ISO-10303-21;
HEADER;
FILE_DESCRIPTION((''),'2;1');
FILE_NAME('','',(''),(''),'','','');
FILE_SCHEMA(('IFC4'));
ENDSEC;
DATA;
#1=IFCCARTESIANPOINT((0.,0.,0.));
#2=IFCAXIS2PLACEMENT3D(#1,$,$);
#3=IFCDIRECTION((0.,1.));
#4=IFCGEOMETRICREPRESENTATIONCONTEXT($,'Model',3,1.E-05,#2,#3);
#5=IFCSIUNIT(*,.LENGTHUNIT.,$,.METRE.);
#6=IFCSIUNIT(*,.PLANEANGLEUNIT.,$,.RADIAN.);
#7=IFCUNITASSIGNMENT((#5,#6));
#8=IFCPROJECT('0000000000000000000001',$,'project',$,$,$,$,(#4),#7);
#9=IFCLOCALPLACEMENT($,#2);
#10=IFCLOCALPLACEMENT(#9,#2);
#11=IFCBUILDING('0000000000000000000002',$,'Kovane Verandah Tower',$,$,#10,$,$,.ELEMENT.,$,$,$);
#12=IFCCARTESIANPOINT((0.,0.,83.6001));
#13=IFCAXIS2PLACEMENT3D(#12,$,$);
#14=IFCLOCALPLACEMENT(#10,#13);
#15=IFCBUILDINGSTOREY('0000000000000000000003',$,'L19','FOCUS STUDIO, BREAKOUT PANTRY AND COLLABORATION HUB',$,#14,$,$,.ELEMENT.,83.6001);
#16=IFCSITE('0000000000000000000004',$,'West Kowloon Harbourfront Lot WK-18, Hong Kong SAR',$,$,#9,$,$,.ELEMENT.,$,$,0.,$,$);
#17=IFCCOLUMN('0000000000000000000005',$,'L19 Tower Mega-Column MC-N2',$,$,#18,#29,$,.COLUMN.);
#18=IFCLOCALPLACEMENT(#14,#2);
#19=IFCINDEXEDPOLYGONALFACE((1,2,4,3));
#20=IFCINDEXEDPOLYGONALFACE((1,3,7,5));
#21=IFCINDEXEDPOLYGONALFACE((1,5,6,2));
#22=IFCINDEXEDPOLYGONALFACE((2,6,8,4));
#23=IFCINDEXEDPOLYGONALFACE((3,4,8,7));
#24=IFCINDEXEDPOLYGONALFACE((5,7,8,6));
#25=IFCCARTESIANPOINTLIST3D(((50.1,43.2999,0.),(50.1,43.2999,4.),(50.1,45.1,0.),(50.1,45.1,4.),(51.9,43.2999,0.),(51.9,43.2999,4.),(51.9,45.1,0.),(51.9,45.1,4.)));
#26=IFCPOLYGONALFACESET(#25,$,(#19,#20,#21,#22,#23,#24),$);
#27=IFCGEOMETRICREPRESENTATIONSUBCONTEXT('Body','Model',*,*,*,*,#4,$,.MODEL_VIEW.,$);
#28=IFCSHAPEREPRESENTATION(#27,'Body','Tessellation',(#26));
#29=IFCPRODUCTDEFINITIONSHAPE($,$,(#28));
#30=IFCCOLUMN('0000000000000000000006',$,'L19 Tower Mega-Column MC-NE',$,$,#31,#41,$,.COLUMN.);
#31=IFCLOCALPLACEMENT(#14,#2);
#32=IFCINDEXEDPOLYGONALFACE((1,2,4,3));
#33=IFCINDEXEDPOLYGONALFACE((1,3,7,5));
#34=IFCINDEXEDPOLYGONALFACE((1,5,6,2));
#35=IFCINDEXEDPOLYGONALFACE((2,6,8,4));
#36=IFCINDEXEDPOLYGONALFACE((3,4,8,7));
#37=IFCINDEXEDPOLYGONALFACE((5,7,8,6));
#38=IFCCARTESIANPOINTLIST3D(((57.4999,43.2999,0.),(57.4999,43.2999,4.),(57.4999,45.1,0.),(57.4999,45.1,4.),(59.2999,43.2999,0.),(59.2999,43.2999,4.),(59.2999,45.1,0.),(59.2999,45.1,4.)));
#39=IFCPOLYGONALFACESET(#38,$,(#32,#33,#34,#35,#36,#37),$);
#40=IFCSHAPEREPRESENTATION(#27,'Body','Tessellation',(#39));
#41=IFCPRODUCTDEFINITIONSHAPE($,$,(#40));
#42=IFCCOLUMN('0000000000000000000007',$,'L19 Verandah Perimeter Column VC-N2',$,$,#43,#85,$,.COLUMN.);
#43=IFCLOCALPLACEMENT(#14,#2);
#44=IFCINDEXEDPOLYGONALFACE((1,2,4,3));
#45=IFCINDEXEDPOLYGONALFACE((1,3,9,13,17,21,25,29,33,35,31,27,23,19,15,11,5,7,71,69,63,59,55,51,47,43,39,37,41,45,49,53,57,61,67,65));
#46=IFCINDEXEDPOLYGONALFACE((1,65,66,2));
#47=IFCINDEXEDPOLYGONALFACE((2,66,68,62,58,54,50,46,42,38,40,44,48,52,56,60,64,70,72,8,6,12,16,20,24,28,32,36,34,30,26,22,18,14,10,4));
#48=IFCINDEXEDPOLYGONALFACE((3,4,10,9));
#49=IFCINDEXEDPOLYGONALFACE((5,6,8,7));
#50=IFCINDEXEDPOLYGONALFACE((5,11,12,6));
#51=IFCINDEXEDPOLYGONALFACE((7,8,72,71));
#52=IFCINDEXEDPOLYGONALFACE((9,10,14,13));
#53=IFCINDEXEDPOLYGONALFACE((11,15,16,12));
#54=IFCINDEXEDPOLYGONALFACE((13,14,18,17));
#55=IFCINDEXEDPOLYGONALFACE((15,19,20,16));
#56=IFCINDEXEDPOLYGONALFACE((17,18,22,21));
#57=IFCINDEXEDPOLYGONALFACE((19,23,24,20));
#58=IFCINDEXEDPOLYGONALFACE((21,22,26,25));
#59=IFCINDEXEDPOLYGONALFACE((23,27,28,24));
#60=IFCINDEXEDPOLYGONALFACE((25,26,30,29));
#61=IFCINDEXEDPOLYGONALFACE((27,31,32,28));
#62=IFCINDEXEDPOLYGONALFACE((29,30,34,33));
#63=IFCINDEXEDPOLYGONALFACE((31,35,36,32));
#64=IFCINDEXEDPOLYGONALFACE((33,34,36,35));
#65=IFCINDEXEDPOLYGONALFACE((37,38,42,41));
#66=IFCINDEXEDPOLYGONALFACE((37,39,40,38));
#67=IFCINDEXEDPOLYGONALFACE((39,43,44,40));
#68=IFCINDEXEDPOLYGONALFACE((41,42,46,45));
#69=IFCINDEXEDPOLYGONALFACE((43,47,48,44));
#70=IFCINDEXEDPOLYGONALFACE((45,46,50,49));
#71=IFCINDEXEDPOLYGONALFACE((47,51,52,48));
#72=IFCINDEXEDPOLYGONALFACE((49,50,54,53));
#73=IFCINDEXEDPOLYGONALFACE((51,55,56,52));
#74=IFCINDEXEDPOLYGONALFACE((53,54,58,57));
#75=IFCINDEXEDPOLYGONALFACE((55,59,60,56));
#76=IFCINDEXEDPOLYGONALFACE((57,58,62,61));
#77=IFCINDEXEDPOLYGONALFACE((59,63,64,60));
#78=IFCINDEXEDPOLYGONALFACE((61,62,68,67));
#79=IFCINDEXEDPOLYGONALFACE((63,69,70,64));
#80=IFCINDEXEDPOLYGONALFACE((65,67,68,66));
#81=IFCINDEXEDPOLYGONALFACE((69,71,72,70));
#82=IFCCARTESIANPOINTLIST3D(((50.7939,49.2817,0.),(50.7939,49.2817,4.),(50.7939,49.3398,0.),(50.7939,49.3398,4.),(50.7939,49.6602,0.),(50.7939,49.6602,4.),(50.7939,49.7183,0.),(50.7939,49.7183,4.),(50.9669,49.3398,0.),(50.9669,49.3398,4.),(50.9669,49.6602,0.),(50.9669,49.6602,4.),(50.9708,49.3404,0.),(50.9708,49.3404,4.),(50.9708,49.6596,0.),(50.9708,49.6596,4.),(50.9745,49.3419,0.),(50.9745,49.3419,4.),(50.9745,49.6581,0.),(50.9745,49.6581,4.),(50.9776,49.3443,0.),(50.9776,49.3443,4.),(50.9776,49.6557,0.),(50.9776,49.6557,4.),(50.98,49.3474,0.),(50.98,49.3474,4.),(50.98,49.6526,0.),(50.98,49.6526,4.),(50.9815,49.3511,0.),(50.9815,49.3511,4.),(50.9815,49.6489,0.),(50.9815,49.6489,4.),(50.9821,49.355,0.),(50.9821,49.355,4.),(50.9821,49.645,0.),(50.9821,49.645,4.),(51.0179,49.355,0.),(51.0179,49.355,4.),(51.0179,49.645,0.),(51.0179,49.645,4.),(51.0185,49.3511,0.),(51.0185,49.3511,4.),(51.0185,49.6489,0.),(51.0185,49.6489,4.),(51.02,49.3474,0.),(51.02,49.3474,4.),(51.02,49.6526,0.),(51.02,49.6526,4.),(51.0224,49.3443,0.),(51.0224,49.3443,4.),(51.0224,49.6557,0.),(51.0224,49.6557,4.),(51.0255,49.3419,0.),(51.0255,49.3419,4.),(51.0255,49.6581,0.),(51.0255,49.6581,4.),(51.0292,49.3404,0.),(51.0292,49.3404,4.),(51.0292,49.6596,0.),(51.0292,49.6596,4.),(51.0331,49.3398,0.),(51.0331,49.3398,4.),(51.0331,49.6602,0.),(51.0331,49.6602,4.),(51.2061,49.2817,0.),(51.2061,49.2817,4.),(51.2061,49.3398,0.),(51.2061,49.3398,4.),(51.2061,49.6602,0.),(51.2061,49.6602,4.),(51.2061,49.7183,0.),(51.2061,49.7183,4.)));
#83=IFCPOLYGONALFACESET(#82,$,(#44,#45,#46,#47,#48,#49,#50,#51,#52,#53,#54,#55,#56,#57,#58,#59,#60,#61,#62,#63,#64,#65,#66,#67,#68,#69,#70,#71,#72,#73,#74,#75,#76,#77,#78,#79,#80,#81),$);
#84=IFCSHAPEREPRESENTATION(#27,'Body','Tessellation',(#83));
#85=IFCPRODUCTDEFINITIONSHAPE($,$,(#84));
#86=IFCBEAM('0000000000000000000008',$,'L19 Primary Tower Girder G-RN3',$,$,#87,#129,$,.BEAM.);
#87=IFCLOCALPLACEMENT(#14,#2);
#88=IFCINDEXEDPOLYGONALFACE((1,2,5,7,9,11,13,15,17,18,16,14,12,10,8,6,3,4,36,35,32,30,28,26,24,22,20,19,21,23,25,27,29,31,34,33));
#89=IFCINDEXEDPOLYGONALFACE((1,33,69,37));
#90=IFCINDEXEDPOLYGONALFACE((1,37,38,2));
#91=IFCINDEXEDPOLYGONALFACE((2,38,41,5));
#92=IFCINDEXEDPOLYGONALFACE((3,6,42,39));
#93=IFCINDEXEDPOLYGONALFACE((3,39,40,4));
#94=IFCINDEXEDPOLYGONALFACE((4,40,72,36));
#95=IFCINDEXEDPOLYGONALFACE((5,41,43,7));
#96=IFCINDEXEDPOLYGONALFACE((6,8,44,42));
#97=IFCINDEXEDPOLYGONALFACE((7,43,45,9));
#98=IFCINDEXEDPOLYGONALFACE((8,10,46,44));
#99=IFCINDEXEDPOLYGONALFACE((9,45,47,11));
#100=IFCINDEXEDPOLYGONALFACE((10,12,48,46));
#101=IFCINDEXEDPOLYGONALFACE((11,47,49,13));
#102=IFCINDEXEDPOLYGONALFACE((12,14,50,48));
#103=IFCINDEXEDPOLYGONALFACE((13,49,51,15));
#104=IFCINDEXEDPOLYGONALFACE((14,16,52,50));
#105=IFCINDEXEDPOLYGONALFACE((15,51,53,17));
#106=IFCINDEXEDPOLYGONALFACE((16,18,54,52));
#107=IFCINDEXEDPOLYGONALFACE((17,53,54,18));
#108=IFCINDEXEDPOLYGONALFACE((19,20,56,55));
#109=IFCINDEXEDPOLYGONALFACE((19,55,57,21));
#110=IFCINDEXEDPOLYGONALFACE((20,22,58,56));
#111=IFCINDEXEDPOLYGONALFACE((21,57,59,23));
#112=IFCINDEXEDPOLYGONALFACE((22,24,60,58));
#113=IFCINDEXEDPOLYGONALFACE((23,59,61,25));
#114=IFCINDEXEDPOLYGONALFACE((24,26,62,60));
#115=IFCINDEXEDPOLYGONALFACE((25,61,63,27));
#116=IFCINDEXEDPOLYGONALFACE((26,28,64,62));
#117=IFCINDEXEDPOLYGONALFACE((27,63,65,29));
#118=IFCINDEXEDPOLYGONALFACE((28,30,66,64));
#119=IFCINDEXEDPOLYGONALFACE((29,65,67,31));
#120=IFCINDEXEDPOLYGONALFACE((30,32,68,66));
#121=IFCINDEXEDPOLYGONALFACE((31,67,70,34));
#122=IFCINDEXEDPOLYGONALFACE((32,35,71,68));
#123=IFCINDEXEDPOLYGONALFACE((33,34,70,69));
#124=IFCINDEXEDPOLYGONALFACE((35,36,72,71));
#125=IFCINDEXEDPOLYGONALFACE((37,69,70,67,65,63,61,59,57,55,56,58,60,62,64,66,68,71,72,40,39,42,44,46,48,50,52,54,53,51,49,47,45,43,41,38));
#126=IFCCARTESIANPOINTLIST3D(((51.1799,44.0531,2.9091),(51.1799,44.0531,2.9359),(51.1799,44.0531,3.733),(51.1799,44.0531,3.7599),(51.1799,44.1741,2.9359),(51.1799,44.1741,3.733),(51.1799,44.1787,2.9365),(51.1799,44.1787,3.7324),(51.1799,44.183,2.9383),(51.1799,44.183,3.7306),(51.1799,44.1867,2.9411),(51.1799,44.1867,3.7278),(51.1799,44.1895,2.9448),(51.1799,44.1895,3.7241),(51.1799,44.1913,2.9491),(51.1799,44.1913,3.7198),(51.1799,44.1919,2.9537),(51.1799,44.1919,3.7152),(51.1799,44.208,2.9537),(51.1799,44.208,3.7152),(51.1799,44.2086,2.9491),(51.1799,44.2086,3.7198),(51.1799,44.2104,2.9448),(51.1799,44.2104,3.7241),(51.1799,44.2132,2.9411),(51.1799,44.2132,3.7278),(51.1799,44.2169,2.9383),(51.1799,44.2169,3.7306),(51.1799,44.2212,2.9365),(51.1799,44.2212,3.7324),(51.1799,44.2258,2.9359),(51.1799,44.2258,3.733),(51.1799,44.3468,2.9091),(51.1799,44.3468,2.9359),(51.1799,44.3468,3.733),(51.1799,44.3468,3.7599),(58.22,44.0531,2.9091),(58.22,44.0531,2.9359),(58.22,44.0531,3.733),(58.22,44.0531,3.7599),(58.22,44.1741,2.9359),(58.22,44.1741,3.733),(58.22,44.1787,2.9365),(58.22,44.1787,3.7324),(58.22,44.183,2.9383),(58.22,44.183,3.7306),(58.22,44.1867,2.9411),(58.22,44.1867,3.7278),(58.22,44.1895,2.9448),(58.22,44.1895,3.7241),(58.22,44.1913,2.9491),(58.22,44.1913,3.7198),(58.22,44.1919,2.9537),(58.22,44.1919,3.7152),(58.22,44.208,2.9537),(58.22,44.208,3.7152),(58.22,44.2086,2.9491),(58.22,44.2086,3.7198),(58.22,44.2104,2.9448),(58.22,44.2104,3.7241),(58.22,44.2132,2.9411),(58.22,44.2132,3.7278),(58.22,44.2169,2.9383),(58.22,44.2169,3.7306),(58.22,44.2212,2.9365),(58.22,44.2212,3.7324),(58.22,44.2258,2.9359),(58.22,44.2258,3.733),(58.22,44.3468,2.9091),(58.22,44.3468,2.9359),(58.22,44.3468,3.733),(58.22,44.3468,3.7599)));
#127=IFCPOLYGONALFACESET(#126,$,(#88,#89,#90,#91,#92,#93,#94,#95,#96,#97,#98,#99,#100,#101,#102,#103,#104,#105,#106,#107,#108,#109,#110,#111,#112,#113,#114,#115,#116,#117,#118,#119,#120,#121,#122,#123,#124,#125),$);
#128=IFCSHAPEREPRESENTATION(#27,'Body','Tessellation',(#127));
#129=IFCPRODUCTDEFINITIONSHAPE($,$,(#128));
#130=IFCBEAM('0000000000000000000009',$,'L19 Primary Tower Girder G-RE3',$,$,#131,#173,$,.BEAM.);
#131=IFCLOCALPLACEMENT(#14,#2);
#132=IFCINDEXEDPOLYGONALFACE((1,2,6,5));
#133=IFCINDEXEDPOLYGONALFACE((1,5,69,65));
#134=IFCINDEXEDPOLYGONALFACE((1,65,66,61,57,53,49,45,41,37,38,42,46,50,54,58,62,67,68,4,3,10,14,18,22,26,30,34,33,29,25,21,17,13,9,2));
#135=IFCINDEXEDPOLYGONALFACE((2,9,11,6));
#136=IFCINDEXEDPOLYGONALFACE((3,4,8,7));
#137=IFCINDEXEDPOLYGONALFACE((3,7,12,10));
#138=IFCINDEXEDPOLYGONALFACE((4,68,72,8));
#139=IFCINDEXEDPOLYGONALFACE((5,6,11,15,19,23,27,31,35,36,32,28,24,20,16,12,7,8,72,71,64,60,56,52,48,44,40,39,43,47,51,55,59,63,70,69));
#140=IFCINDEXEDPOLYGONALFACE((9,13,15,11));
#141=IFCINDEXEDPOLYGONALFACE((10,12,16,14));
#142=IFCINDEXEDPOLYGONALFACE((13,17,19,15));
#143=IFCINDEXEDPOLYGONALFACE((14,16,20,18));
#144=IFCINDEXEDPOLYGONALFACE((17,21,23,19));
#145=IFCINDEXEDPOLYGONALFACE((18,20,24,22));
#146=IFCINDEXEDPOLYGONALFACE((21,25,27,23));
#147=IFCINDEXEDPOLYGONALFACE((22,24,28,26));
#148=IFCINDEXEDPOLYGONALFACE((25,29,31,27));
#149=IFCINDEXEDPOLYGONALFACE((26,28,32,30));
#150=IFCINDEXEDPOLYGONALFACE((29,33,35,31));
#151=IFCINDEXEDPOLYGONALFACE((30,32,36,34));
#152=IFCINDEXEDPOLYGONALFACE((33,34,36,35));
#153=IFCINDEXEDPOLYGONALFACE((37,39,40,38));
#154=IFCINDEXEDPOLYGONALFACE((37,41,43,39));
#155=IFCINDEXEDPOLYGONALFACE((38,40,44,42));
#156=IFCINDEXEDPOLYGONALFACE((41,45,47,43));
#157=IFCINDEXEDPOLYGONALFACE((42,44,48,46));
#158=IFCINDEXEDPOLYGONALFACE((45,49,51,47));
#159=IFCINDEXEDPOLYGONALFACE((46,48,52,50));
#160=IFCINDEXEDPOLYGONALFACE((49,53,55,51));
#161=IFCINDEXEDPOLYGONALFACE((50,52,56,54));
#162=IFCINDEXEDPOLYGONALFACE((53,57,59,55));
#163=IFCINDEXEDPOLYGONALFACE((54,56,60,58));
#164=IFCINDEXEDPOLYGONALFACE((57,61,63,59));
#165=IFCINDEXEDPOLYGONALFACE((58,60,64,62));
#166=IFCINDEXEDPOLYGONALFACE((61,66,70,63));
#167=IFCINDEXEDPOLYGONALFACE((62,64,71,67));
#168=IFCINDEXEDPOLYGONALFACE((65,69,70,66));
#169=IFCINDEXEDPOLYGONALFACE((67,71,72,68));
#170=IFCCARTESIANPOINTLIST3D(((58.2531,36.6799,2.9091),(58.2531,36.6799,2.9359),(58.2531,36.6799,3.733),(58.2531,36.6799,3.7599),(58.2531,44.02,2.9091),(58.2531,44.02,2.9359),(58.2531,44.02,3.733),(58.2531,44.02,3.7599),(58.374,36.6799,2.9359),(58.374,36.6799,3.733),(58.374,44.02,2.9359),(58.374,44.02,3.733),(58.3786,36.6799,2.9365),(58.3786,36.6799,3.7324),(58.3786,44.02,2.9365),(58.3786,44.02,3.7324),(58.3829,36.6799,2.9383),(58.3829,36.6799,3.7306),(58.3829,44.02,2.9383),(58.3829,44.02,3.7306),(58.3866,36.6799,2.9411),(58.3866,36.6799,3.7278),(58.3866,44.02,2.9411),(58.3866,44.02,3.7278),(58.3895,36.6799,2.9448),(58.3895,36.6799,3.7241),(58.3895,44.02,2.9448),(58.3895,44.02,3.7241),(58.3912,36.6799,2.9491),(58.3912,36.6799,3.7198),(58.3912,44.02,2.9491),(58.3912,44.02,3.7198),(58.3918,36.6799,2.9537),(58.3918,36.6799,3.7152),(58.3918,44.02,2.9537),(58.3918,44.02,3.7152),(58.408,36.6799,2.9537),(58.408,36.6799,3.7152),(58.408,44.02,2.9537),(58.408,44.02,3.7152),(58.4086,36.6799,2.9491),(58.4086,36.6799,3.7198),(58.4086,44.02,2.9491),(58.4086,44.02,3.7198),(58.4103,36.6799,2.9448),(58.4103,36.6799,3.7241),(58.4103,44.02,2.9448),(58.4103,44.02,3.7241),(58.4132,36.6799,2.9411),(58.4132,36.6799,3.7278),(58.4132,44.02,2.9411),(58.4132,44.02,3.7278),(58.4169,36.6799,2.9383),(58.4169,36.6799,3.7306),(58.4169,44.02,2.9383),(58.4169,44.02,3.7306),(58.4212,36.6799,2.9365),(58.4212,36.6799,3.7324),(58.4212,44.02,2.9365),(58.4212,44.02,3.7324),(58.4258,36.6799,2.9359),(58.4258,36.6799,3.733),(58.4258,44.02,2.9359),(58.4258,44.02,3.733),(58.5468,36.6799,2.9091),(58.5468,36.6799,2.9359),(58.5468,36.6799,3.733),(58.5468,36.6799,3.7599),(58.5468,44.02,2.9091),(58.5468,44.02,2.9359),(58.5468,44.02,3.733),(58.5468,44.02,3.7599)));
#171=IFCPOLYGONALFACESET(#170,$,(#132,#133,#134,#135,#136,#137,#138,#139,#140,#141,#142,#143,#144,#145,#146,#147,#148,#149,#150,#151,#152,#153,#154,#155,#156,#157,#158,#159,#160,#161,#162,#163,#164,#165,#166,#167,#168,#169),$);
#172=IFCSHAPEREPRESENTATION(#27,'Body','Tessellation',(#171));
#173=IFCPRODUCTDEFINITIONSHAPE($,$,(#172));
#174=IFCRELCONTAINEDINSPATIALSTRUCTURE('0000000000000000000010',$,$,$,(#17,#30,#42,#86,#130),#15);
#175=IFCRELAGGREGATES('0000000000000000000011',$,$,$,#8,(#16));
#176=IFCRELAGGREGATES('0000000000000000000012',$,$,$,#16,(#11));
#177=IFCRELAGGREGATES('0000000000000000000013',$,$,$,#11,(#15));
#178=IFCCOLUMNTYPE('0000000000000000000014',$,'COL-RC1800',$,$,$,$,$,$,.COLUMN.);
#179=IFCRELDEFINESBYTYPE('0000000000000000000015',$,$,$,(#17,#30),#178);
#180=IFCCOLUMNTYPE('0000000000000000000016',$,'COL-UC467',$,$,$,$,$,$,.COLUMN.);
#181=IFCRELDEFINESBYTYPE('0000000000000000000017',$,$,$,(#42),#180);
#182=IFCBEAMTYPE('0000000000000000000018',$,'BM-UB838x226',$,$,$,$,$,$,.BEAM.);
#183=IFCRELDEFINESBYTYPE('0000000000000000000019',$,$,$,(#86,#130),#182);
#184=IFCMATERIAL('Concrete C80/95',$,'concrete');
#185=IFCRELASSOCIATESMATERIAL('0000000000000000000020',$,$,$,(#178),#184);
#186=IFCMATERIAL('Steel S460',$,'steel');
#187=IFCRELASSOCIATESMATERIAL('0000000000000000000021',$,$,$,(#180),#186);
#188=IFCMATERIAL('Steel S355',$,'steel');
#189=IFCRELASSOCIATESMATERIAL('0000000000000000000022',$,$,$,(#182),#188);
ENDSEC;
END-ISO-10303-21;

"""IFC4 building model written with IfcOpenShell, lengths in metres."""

from ifc_helpers import new_model, si_unit, direction, frame, origin, origin_2d, place, context, subcontext, project, spatial, rectangle, i_section, extrude, material, material_profile, profile_set, type_object, element, save


model = new_model("IFC4")

# Units and contexts
model_context = context("Model", 3, precision=1e-05, world=origin(), true_north=direction((0.0, 1.0)))
body_context = subcontext(model_context, "Body", "Model", "MODEL_VIEW")
ifc_project = project(units=[si_unit("LENGTHUNIT", "METRE"), si_unit("PLANEANGLEUNIT", "RADIAN")], contexts=[model_context])

# Site, building, storey
site_placement = place(None, origin())
site = spatial("IfcSite", under=ifc_project, at=site_placement, Name="West Kowloon Harbourfront Lot WK-18, Hong Kong SAR", CompositionType="ELEMENT", RefElevation=0.0)
building_placement = place(site_placement, origin())
building = spatial("IfcBuilding", under=site, at=building_placement, Name="Kovane Verandah Tower", CompositionType="ELEMENT")
storey_placement = place(building_placement, frame((0.0, 0.0, 83.6001)))
storey = spatial("IfcBuildingStorey", under=building, at=storey_placement, Name="L19", Description="FOCUS STUDIO, BREAKOUT PANTRY AND COLLABORATION HUB", CompositionType="ELEMENT", Elevation=83.6001)

# Columns
ifc_material_1 = material(Name="Concrete C80/95", Category="concrete")
ifc_material_profile_1 = material_profile(ifc_material_1, rectangle(XDim=1.8, YDim=1.8, at=origin_2d()), Name="RC1800x1800")
ifc_profile_set_1 = profile_set([ifc_material_profile_1], Name="Concrete C80/95")
column_type_1 = type_object("IfcColumnType", Name="COL-RC1800", PredefinedType="COLUMN", material=ifc_profile_set_1)
for number, where, z_axis, x_axis, name in (
    (1, (51.0, 44.2, 0.0), (0.0, 0.0, 1.0), (1.0, 0.0, 0.0), "L19 Tower Mega-Column MC-N2"),
    (2, (58.3999, 44.2, 0.0), (0.0, 0.0, 1.0), (1.0, 0.0, 0.0), "L19 Tower Mega-Column MC-NE"),
):
    element("IfcColumn", number, at=place(storey_placement, frame(where, z_axis=z_axis, x_axis=x_axis)), inside=storey, type_object=column_type_1, Name=name, PredefinedType="COLUMN", context=body_context, shape_type="SweptSolid", body=[
        extrude(rectangle(XDim=1.8, YDim=1.8, at=origin_2d()), origin(), (0.0, 0.0, 1.0), 4.0),
    ])
ifc_material_2 = material(Name="Steel S460", Category="steel")
ifc_material_profile_2 = material_profile(ifc_material_2, i_section(OverallWidth=0.4121, OverallDepth=0.4365, WebThickness=0.0359, FlangeThickness=0.0581, FilletRadius=0.0151, at=origin_2d()), Name="UC356x406x467")
ifc_profile_set_2 = profile_set([ifc_material_profile_2], Name="Steel S460")
column_type_2 = type_object("IfcColumnType", Name="COL-UC467", PredefinedType="COLUMN", material=ifc_profile_set_2)
column_placement = place(storey_placement, frame((51.0, 49.5, 0.0), z_axis=(0.0, 0.0, 1.0), x_axis=(1.0, 0.0, 0.0)))
element("IfcColumn", 3, at=column_placement, inside=storey, type_object=column_type_2, Name="L19 Verandah Perimeter Column VC-N2", PredefinedType="COLUMN", context=body_context, shape_type="SweptSolid", body=[
    extrude(i_section(OverallWidth=0.4121, OverallDepth=0.4365, WebThickness=0.0359, FlangeThickness=0.0581, FilletRadius=0.0151, at=origin_2d()), origin(), (0.0, 0.0, 1.0), 4.0),
])

# Beams
ifc_material_3 = material(Name="Steel S355", Category="steel")
ifc_material_profile_3 = material_profile(ifc_material_3, i_section(OverallWidth=0.2937, OverallDepth=0.8508, WebThickness=0.0161, FlangeThickness=0.0269, FilletRadius=0.0178, at=origin_2d()), Name="UB838x292x226")
ifc_profile_set_3 = profile_set([ifc_material_profile_3], Name="Steel S355")
beam_type_1 = type_object("IfcBeamType", Name="BM-UB838x226", PredefinedType="BEAM", material=ifc_profile_set_3)
beam_1_placement = place(storey_placement, frame((51.1799, 44.2, 3.3345), z_axis=(1.0, 0.0, 0.0), x_axis=(0.0, 1.0, 0.0)))
element("IfcBeam", 4, at=beam_1_placement, inside=storey, type_object=beam_type_1, Name="L19 Primary Tower Girder G-RN3", PredefinedType="BEAM", context=body_context, shape_type="SweptSolid", body=[
    extrude(i_section(OverallWidth=0.2937, OverallDepth=0.8508, WebThickness=0.0161, FlangeThickness=0.0269, FilletRadius=0.0178, at=origin_2d()), origin(), (0.0, 0.0, 1.0), 7.04),
])
for number, where, z_axis, x_axis, name in (
    (5, (58.3999, 36.6799, 3.3345), (0.0, 1.0, 0.0), (-1.0, 0.0, 0.0), "L19 Primary Tower Girder G-RE3"),
):
    element("IfcBeam", number, at=place(storey_placement, frame(where, z_axis=z_axis, x_axis=x_axis)), inside=storey, type_object=beam_type_1, Name=name, PredefinedType="BEAM", context=body_context, shape_type="SweptSolid", body=[
        extrude(i_section(OverallWidth=0.2937, OverallDepth=0.8508, WebThickness=0.0161, FlangeThickness=0.0269, FilletRadius=0.0178, at=origin_2d()), origin(), (0.0, 0.0, 1.0), 7.3401),
    ])

save(model, "model.ifc")
